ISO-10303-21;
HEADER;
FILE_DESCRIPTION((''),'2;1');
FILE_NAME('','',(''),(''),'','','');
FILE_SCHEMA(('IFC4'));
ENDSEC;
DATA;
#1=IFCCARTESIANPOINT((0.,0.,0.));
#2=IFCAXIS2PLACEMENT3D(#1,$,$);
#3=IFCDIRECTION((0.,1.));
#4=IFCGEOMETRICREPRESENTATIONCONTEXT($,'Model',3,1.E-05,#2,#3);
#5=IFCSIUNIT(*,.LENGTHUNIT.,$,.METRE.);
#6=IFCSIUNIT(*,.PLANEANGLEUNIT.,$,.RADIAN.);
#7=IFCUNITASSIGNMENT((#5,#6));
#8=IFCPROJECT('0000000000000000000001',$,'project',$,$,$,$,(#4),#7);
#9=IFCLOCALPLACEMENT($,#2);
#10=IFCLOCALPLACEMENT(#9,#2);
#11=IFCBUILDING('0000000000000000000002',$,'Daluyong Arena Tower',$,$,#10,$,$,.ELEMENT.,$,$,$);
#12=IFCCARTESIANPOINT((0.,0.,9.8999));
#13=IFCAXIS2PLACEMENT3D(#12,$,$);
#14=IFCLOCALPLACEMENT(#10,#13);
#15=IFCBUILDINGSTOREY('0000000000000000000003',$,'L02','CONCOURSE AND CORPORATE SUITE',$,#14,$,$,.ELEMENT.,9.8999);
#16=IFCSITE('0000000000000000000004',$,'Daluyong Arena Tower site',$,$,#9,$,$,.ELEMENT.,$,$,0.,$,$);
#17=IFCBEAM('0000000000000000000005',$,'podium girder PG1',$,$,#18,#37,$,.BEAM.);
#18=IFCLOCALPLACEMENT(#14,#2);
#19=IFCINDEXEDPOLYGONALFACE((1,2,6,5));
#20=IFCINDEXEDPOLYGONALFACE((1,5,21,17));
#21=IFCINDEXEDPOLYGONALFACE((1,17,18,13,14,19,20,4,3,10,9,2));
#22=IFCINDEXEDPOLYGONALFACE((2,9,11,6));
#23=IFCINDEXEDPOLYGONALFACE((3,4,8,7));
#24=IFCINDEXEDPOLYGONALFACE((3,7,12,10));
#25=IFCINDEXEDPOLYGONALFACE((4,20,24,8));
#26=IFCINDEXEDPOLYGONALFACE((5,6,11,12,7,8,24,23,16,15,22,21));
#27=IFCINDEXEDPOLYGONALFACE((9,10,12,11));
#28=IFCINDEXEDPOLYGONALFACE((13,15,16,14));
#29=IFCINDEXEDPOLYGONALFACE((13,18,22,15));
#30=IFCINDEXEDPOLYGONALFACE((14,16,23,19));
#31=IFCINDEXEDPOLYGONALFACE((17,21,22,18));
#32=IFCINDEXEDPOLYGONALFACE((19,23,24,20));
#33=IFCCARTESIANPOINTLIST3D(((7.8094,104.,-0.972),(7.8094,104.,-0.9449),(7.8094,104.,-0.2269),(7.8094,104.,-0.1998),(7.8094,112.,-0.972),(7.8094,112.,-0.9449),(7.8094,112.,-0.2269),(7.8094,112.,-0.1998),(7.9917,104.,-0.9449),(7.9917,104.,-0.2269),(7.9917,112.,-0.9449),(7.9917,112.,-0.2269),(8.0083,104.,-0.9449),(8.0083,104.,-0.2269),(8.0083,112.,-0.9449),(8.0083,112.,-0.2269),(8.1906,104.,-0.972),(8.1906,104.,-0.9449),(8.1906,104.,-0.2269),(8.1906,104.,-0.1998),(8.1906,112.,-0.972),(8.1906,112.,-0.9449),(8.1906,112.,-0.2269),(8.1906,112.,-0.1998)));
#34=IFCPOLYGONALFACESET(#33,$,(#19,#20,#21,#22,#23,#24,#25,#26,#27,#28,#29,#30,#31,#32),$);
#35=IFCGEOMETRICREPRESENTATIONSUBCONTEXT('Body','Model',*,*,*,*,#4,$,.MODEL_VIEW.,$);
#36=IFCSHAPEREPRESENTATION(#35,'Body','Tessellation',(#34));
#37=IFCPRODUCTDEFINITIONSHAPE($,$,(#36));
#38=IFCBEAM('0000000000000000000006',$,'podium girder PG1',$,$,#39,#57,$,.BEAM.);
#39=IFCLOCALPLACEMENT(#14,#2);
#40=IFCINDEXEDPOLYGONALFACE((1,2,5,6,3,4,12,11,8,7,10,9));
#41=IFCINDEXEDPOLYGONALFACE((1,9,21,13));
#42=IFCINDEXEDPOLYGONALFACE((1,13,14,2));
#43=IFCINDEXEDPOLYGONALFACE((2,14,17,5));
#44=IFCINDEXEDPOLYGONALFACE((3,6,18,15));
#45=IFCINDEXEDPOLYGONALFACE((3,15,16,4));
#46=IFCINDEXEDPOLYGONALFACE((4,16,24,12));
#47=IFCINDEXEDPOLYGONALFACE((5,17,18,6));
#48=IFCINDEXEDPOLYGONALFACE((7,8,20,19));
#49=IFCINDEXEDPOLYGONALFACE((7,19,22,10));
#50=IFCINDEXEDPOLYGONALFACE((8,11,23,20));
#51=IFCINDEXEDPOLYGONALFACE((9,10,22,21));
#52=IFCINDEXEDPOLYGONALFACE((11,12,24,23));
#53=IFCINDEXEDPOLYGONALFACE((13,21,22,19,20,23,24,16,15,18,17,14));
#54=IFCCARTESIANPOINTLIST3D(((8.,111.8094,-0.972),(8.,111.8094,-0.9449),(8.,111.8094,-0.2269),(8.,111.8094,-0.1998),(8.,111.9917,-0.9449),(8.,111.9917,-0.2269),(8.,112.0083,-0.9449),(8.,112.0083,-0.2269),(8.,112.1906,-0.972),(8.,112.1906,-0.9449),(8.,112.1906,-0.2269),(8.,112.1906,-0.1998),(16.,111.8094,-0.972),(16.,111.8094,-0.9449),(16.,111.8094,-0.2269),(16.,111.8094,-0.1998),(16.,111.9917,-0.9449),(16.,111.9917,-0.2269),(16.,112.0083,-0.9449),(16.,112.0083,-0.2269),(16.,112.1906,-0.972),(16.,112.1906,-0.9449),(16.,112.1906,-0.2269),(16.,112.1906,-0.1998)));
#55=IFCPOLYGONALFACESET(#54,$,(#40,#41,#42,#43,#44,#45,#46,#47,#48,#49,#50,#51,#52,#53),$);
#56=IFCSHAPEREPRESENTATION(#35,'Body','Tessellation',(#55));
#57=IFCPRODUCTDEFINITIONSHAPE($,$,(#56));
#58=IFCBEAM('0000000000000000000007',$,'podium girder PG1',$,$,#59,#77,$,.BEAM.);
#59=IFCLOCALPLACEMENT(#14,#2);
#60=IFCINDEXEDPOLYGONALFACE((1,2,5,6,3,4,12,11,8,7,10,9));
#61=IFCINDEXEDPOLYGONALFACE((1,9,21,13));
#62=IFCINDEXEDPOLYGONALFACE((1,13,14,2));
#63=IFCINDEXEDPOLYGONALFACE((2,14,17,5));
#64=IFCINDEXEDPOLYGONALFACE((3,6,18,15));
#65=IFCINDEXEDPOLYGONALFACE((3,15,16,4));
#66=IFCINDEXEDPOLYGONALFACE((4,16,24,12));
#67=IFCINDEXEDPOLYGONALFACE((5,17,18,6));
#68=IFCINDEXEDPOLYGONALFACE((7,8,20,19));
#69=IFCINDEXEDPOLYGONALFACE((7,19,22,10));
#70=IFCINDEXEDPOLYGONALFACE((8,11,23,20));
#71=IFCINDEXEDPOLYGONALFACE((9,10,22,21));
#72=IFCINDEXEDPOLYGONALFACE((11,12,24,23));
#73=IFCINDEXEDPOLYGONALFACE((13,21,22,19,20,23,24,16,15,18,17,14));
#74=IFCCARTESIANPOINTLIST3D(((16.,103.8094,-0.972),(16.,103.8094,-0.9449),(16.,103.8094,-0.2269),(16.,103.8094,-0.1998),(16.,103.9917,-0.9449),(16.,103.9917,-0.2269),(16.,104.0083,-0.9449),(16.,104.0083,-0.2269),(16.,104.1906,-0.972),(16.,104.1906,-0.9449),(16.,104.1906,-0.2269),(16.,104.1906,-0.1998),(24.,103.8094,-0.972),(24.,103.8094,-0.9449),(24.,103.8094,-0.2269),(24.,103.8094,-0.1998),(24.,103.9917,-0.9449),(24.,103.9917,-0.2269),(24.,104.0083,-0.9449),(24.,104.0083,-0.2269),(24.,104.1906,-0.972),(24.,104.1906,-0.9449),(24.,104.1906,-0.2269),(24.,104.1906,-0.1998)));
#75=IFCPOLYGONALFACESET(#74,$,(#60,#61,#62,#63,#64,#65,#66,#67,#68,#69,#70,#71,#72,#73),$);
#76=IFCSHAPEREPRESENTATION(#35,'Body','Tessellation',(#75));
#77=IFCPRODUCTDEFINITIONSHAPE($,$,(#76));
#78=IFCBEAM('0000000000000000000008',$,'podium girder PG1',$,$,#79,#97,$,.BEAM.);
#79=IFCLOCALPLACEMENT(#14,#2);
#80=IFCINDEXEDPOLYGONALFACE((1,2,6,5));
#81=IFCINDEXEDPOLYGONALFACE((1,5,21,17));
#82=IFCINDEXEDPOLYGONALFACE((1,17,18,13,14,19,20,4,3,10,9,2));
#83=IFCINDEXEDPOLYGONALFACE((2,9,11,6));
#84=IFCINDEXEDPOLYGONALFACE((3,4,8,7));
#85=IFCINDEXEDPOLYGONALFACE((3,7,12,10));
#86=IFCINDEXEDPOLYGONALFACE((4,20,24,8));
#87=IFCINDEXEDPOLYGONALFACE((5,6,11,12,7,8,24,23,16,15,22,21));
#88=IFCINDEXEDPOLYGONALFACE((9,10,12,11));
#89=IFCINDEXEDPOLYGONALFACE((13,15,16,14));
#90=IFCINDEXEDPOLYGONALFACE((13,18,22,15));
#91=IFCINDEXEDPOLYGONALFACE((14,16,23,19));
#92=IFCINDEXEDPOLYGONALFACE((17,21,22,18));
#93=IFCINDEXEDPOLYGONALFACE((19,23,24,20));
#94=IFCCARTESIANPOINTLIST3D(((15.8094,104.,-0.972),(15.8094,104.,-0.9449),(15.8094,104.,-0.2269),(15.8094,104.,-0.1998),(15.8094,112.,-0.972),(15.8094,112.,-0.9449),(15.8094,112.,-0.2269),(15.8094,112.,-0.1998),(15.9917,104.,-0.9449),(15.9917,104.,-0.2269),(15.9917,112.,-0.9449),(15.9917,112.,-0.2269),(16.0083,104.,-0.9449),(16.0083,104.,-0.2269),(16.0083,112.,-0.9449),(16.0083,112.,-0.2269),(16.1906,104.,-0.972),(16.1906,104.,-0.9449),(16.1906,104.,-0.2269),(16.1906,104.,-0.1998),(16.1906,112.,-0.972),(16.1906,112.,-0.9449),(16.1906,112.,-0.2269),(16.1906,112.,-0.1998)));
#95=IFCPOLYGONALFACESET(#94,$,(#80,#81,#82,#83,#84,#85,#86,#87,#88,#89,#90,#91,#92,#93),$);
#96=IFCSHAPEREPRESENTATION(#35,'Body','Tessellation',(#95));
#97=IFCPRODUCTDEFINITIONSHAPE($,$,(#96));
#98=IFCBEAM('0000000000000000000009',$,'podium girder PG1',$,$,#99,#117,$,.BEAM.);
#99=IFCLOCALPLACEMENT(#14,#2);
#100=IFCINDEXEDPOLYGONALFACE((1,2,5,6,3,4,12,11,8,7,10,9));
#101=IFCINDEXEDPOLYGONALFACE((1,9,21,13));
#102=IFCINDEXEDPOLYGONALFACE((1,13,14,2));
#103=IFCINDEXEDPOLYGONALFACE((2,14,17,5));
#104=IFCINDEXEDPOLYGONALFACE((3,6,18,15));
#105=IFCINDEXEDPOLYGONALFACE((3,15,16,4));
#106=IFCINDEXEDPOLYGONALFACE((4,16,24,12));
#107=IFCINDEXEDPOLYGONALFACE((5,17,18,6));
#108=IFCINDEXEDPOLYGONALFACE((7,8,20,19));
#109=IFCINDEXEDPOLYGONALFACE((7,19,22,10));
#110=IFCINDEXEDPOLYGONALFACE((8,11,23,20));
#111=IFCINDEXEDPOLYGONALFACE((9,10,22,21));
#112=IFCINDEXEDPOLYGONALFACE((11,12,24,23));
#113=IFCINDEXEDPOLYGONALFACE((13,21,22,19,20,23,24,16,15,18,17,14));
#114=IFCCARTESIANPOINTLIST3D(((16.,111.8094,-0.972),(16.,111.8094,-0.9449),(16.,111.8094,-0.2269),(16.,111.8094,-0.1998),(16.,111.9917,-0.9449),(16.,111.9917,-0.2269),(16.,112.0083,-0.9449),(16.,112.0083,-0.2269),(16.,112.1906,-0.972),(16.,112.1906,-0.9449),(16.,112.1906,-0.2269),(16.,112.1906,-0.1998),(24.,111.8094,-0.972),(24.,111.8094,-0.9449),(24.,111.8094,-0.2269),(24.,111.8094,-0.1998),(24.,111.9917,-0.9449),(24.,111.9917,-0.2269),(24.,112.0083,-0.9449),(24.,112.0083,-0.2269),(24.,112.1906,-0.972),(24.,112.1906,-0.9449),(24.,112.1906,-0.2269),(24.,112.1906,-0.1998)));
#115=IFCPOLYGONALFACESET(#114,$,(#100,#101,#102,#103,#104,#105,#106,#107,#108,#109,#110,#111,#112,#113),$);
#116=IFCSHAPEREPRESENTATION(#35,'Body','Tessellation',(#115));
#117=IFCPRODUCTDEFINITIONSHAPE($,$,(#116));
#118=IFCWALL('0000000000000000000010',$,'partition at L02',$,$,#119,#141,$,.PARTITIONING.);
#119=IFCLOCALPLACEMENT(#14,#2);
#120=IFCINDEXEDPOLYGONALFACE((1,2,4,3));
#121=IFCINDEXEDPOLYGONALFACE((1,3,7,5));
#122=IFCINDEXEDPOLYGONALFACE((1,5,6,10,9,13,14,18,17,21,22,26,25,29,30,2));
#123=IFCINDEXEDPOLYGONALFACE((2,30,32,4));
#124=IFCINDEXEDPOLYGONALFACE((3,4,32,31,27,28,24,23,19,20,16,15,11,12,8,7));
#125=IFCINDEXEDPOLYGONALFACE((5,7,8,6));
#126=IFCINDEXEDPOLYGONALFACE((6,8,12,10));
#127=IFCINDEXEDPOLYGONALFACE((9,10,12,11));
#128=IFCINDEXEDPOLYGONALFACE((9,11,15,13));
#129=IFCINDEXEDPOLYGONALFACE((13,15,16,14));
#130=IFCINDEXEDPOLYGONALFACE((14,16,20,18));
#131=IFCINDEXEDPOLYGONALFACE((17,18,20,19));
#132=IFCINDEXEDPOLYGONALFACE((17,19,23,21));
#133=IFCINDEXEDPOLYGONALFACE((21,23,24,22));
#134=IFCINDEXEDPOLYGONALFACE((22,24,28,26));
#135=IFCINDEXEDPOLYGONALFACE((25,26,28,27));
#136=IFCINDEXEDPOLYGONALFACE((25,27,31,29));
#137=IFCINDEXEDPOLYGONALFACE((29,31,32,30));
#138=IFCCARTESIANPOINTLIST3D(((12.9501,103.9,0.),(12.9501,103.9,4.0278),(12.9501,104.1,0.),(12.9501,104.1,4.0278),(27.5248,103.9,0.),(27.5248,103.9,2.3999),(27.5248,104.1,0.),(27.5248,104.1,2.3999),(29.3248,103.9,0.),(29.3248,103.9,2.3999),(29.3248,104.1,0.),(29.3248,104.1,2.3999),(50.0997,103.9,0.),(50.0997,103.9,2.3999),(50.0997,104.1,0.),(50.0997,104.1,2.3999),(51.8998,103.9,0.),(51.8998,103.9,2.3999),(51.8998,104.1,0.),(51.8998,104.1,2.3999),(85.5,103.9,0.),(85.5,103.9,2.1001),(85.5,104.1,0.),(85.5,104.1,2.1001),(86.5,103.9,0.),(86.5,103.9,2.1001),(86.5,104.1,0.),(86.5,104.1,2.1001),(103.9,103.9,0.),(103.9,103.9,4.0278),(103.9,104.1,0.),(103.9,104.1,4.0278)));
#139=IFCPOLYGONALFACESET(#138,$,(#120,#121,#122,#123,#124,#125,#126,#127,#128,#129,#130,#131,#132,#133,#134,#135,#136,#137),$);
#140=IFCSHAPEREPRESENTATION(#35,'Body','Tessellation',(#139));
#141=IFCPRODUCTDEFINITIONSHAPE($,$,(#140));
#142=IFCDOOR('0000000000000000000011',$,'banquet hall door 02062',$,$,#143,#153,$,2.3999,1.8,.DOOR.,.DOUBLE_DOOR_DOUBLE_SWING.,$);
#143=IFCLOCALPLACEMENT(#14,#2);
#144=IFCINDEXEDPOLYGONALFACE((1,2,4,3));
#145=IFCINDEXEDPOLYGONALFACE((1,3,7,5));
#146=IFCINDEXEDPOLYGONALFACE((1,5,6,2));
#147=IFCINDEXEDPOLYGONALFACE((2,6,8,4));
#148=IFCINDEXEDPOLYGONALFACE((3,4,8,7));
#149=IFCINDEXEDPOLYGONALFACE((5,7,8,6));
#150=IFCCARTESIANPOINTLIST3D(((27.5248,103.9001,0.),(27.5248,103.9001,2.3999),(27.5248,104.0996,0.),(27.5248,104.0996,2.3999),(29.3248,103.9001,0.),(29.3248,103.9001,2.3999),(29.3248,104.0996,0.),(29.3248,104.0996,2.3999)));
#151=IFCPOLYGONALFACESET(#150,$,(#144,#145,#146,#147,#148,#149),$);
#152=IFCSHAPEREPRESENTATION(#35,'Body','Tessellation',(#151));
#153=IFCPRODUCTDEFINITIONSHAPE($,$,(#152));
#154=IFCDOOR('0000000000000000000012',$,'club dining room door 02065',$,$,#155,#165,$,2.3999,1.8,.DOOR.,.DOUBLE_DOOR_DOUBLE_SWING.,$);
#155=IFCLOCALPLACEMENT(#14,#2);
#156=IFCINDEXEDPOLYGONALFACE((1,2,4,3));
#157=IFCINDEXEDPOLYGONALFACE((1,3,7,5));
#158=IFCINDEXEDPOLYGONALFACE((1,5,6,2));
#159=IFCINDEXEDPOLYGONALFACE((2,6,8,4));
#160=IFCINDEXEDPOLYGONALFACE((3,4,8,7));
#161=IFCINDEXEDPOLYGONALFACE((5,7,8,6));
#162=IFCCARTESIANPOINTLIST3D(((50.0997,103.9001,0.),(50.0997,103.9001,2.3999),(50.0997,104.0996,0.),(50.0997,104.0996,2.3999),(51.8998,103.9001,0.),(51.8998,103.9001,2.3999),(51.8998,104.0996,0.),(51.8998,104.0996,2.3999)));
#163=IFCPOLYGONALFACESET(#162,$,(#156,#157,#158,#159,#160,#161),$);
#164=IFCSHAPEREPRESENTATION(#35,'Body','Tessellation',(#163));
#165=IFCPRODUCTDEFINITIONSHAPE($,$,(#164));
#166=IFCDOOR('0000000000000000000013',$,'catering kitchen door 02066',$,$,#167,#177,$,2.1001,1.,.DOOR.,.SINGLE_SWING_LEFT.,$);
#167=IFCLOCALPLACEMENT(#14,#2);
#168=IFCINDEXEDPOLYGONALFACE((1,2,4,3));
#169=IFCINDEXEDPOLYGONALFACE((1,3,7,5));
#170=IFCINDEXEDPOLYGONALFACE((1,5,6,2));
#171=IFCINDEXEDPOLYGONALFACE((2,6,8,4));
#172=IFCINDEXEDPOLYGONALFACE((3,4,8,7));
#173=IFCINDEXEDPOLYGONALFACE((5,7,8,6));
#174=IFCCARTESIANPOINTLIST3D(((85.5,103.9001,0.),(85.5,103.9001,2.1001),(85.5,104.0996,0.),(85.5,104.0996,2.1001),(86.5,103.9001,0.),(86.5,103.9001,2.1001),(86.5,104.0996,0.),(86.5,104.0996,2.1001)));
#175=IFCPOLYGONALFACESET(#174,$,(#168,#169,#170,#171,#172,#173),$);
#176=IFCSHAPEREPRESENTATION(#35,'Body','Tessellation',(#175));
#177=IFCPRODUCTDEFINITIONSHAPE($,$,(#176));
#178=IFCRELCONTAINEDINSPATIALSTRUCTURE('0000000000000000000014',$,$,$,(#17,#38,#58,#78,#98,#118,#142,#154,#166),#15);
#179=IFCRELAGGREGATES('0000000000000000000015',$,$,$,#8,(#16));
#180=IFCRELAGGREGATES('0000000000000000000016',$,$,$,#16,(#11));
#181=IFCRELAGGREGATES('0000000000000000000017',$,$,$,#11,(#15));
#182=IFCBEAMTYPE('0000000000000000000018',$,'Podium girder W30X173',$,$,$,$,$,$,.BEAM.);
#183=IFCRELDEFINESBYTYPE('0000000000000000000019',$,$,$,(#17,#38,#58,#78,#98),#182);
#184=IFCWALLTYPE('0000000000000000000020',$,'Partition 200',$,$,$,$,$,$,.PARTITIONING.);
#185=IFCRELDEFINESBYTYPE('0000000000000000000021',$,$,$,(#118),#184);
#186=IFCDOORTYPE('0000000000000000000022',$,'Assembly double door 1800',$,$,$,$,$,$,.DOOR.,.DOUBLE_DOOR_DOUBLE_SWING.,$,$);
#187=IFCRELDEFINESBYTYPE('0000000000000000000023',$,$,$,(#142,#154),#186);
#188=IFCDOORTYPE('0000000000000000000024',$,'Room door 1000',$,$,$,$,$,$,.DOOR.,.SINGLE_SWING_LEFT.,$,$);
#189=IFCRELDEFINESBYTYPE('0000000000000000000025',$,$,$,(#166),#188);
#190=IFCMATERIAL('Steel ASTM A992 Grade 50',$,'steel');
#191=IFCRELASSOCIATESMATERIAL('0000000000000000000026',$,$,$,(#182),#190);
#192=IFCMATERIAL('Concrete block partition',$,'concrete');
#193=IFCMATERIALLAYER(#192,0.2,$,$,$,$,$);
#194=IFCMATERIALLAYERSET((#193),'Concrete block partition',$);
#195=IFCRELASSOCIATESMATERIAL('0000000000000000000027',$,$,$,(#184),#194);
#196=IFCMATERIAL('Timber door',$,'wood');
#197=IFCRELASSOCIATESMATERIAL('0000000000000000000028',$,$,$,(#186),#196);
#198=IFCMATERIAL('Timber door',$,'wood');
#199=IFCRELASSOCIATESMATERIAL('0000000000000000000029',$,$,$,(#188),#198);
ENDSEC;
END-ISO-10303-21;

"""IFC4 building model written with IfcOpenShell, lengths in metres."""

from ifc_helpers import new_model, si_unit, direction, frame, frame_2d, origin, origin_2d, place, context, subcontext, project, spatial, rectangle, i_section, extrude, material, layer, layer_set, material_profile, profile_set, type_object, element, fill, save


model = new_model("IFC4")

# Units and contexts
model_context = context("Model", 3, precision=1e-05, world=origin(), true_north=direction((0.0, 1.0)))
body_context = subcontext(model_context, "Body", "Model", "MODEL_VIEW")
ifc_project = project(units=[si_unit("LENGTHUNIT", "METRE"), si_unit("PLANEANGLEUNIT", "RADIAN")], contexts=[model_context])

# Site, building, storey
site_placement = place(None, origin())
site = spatial("IfcSite", under=ifc_project, at=site_placement, Name="Daluyong Arena Tower site", CompositionType="ELEMENT", RefElevation=0.0)
building_placement = place(site_placement, origin())
building = spatial("IfcBuilding", under=site, at=building_placement, Name="Daluyong Arena Tower", CompositionType="ELEMENT")
storey_placement = place(building_placement, frame((0.0, 0.0, 9.8999)))
storey = spatial("IfcBuildingStorey", under=building, at=storey_placement, Name="L02", Description="CONCOURSE AND CORPORATE SUITE", CompositionType="ELEMENT", Elevation=9.8999)

# Beams
ifc_material_1 = material(Name="Steel ASTM A992 Grade 50", Category="steel")
ifc_material_profile_1 = material_profile(ifc_material_1, i_section(OverallWidth=0.3811, OverallDepth=0.7722, WebThickness=0.0166, FlangeThickness=0.0271, at=origin_2d()))
ifc_profile_set_1 = profile_set([ifc_material_profile_1], Name="Steel ASTM A992 Grade 50")
beam_type_1 = type_object("IfcBeamType", Name="Podium girder W30X173", PredefinedType="BEAM", material=ifc_profile_set_1)
for number, where, z_axis, x_axis, name in (
    (1, (8.0, 104.0, -0.5859), (0.0, 1.0, 0.0), (-1.0, 0.0, 0.0), "podium girder PG1"),
    (2, (8.0, 112.0, -0.5859), (1.0, 0.0, 0.0), (0.0, 1.0, 0.0), "podium girder PG1"),
    (3, (16.0, 104.0, -0.5859), (1.0, 0.0, 0.0), (0.0, 1.0, 0.0), "podium girder PG1"),
    (4, (16.0, 104.0, -0.5859), (0.0, 1.0, 0.0), (-1.0, 0.0, 0.0), "podium girder PG1"),
    (5, (16.0, 112.0, -0.5859), (1.0, 0.0, 0.0), (0.0, 1.0, 0.0), "podium girder PG1"),
):
    element("IfcBeam", number, at=place(storey_placement, frame(where, z_axis=z_axis, x_axis=x_axis)), inside=storey, type_object=beam_type_1, Name=name, PredefinedType="BEAM", context=body_context, shape_type="SweptSolid", body=[
        extrude(i_section(OverallWidth=0.3811, OverallDepth=0.7722, WebThickness=0.0166, FlangeThickness=0.0271, at=origin_2d()), origin(), (0.0, 0.0, 1.0), 8.0),
    ])

# Wall, openings, doors
ifc_material_2 = material(Name="Concrete block partition", Category="concrete")
ifc_layer = layer(ifc_material_2, 0.2)
ifc_layer_set = layer_set([ifc_layer], Name="Concrete block partition")
wall_type = type_object("IfcWallType", Name="Partition 200", PredefinedType="PARTITIONING", material=ifc_layer_set)
wall_1_placement = place(storey_placement, frame((12.95, 104.0, 0.0), z_axis=(0.0, 0.0, 1.0), x_axis=(1.0, 0.0, 0.0)))
wall_1 = element("IfcWall", 6, at=wall_1_placement, inside=storey, type_object=wall_type, Name="partition at L02", PredefinedType="PARTITIONING", context=body_context, shape_type="SweptSolid", body=[
    extrude(rectangle(XDim=90.95, YDim=0.2, at=frame_2d((45.4751, 0.0))), origin(), (0.0, 0.0, 1.0), 4.0278),
])
opening_1_placement = place(wall_1_placement, frame((14.575, 0.0, 0.0)))
opening_1 = element("IfcOpeningElement", 7, at=opening_1_placement, cuts=wall_1, PredefinedType="OPENING", context=body_context, shape_type="SweptSolid", body=[
    extrude(rectangle(XDim=1.8, YDim=2.3999, at=frame_2d((0.8999, 1.2))), frame((0.0, 0.1099, 0.0), z_axis=(0.0, -1.0, 0.0), x_axis=(1.0, 0.0, 0.0)), (0.0, 0.0, 1.0), 0.22),
])
opening_2_placement = place(wall_1_placement, frame((37.1499, 0.0, 0.0)))
opening_2 = element("IfcOpeningElement", 8, at=opening_2_placement, cuts=wall_1, PredefinedType="OPENING", context=body_context, shape_type="SweptSolid", body=[
    extrude(rectangle(XDim=1.8, YDim=2.3999, at=frame_2d((0.8999, 1.2))), frame((0.0, 0.1099, 0.0), z_axis=(0.0, -1.0, 0.0), x_axis=(1.0, 0.0, 0.0)), (0.0, 0.0, 1.0), 0.22),
])
opening_3_placement = place(wall_1_placement, frame((72.55, 0.0, 0.0)))
opening_3 = element("IfcOpeningElement", 9, at=opening_3_placement, cuts=wall_1, PredefinedType="OPENING", context=body_context, shape_type="SweptSolid", body=[
    extrude(rectangle(XDim=1.0, YDim=2.1001, at=frame_2d((0.5, 1.05))), frame((0.0, 0.1099, 0.0), z_axis=(0.0, -1.0, 0.0), x_axis=(1.0, 0.0, 0.0)), (0.0, 0.0, 1.0), 0.22),
])
ifc_material_3 = material(Name="Timber door", Category="wood")
door_type_1 = type_object("IfcDoorType", Name="Assembly double door 1800", OperationType="DOUBLE_DOOR_DOUBLE_SWING", PredefinedType="DOOR", material=ifc_material_3)
door_1_placement = place(opening_1_placement, origin())
door_1 = element("IfcDoor", 10, at=door_1_placement, inside=storey, type_object=door_type_1, Name="banquet hall door 02062", OperationType="DOUBLE_DOOR_DOUBLE_SWING", OverallHeight=2.3999, OverallWidth=1.8, PredefinedType="DOOR", context=body_context, shape_type="SweptSolid", body=[
    extrude(rectangle(XDim=1.8, YDim=2.3999, at=frame_2d((0.8999, 1.2))), frame((0.0, 0.0996, 0.0), z_axis=(0.0, -1.0, 0.0), x_axis=(1.0, 0.0, 0.0)), (0.0, 0.0, 1.0), 0.1995),
])
fill(opening_1, door_1)
door_2_placement = place(opening_2_placement, origin())
door_2 = element("IfcDoor", 11, at=door_2_placement, inside=storey, type_object=door_type_1, Name="club dining room door 02065", OperationType="DOUBLE_DOOR_DOUBLE_SWING", OverallHeight=2.3999, OverallWidth=1.8, PredefinedType="DOOR", context=body_context, shape_type="SweptSolid", body=[
    extrude(rectangle(XDim=1.8, YDim=2.3999, at=frame_2d((0.8999, 1.2))), frame((0.0, 0.0996, 0.0), z_axis=(0.0, -1.0, 0.0), x_axis=(1.0, 0.0, 0.0)), (0.0, 0.0, 1.0), 0.1995),
])
fill(opening_2, door_2)
ifc_material_4 = material(Name="Timber door", Category="wood")
door_type_2 = type_object("IfcDoorType", Name="Room door 1000", OperationType="SINGLE_SWING_LEFT", PredefinedType="DOOR", material=ifc_material_4)
door_3_placement = place(opening_3_placement, origin())
door_3 = element("IfcDoor", 12, at=door_3_placement, inside=storey, type_object=door_type_2, Name="catering kitchen door 02066", OperationType="SINGLE_SWING_LEFT", OverallHeight=2.1001, OverallWidth=1.0, PredefinedType="DOOR", context=body_context, shape_type="SweptSolid", body=[
    extrude(rectangle(XDim=1.0, YDim=2.1001, at=frame_2d((0.5, 1.05))), frame((0.0, 0.0996, 0.0), z_axis=(0.0, -1.0, 0.0), x_axis=(1.0, 0.0, 0.0)), (0.0, 0.0, 1.0), 0.1995),
])
fill(opening_3, door_3)

save(model, "model.ifc")
